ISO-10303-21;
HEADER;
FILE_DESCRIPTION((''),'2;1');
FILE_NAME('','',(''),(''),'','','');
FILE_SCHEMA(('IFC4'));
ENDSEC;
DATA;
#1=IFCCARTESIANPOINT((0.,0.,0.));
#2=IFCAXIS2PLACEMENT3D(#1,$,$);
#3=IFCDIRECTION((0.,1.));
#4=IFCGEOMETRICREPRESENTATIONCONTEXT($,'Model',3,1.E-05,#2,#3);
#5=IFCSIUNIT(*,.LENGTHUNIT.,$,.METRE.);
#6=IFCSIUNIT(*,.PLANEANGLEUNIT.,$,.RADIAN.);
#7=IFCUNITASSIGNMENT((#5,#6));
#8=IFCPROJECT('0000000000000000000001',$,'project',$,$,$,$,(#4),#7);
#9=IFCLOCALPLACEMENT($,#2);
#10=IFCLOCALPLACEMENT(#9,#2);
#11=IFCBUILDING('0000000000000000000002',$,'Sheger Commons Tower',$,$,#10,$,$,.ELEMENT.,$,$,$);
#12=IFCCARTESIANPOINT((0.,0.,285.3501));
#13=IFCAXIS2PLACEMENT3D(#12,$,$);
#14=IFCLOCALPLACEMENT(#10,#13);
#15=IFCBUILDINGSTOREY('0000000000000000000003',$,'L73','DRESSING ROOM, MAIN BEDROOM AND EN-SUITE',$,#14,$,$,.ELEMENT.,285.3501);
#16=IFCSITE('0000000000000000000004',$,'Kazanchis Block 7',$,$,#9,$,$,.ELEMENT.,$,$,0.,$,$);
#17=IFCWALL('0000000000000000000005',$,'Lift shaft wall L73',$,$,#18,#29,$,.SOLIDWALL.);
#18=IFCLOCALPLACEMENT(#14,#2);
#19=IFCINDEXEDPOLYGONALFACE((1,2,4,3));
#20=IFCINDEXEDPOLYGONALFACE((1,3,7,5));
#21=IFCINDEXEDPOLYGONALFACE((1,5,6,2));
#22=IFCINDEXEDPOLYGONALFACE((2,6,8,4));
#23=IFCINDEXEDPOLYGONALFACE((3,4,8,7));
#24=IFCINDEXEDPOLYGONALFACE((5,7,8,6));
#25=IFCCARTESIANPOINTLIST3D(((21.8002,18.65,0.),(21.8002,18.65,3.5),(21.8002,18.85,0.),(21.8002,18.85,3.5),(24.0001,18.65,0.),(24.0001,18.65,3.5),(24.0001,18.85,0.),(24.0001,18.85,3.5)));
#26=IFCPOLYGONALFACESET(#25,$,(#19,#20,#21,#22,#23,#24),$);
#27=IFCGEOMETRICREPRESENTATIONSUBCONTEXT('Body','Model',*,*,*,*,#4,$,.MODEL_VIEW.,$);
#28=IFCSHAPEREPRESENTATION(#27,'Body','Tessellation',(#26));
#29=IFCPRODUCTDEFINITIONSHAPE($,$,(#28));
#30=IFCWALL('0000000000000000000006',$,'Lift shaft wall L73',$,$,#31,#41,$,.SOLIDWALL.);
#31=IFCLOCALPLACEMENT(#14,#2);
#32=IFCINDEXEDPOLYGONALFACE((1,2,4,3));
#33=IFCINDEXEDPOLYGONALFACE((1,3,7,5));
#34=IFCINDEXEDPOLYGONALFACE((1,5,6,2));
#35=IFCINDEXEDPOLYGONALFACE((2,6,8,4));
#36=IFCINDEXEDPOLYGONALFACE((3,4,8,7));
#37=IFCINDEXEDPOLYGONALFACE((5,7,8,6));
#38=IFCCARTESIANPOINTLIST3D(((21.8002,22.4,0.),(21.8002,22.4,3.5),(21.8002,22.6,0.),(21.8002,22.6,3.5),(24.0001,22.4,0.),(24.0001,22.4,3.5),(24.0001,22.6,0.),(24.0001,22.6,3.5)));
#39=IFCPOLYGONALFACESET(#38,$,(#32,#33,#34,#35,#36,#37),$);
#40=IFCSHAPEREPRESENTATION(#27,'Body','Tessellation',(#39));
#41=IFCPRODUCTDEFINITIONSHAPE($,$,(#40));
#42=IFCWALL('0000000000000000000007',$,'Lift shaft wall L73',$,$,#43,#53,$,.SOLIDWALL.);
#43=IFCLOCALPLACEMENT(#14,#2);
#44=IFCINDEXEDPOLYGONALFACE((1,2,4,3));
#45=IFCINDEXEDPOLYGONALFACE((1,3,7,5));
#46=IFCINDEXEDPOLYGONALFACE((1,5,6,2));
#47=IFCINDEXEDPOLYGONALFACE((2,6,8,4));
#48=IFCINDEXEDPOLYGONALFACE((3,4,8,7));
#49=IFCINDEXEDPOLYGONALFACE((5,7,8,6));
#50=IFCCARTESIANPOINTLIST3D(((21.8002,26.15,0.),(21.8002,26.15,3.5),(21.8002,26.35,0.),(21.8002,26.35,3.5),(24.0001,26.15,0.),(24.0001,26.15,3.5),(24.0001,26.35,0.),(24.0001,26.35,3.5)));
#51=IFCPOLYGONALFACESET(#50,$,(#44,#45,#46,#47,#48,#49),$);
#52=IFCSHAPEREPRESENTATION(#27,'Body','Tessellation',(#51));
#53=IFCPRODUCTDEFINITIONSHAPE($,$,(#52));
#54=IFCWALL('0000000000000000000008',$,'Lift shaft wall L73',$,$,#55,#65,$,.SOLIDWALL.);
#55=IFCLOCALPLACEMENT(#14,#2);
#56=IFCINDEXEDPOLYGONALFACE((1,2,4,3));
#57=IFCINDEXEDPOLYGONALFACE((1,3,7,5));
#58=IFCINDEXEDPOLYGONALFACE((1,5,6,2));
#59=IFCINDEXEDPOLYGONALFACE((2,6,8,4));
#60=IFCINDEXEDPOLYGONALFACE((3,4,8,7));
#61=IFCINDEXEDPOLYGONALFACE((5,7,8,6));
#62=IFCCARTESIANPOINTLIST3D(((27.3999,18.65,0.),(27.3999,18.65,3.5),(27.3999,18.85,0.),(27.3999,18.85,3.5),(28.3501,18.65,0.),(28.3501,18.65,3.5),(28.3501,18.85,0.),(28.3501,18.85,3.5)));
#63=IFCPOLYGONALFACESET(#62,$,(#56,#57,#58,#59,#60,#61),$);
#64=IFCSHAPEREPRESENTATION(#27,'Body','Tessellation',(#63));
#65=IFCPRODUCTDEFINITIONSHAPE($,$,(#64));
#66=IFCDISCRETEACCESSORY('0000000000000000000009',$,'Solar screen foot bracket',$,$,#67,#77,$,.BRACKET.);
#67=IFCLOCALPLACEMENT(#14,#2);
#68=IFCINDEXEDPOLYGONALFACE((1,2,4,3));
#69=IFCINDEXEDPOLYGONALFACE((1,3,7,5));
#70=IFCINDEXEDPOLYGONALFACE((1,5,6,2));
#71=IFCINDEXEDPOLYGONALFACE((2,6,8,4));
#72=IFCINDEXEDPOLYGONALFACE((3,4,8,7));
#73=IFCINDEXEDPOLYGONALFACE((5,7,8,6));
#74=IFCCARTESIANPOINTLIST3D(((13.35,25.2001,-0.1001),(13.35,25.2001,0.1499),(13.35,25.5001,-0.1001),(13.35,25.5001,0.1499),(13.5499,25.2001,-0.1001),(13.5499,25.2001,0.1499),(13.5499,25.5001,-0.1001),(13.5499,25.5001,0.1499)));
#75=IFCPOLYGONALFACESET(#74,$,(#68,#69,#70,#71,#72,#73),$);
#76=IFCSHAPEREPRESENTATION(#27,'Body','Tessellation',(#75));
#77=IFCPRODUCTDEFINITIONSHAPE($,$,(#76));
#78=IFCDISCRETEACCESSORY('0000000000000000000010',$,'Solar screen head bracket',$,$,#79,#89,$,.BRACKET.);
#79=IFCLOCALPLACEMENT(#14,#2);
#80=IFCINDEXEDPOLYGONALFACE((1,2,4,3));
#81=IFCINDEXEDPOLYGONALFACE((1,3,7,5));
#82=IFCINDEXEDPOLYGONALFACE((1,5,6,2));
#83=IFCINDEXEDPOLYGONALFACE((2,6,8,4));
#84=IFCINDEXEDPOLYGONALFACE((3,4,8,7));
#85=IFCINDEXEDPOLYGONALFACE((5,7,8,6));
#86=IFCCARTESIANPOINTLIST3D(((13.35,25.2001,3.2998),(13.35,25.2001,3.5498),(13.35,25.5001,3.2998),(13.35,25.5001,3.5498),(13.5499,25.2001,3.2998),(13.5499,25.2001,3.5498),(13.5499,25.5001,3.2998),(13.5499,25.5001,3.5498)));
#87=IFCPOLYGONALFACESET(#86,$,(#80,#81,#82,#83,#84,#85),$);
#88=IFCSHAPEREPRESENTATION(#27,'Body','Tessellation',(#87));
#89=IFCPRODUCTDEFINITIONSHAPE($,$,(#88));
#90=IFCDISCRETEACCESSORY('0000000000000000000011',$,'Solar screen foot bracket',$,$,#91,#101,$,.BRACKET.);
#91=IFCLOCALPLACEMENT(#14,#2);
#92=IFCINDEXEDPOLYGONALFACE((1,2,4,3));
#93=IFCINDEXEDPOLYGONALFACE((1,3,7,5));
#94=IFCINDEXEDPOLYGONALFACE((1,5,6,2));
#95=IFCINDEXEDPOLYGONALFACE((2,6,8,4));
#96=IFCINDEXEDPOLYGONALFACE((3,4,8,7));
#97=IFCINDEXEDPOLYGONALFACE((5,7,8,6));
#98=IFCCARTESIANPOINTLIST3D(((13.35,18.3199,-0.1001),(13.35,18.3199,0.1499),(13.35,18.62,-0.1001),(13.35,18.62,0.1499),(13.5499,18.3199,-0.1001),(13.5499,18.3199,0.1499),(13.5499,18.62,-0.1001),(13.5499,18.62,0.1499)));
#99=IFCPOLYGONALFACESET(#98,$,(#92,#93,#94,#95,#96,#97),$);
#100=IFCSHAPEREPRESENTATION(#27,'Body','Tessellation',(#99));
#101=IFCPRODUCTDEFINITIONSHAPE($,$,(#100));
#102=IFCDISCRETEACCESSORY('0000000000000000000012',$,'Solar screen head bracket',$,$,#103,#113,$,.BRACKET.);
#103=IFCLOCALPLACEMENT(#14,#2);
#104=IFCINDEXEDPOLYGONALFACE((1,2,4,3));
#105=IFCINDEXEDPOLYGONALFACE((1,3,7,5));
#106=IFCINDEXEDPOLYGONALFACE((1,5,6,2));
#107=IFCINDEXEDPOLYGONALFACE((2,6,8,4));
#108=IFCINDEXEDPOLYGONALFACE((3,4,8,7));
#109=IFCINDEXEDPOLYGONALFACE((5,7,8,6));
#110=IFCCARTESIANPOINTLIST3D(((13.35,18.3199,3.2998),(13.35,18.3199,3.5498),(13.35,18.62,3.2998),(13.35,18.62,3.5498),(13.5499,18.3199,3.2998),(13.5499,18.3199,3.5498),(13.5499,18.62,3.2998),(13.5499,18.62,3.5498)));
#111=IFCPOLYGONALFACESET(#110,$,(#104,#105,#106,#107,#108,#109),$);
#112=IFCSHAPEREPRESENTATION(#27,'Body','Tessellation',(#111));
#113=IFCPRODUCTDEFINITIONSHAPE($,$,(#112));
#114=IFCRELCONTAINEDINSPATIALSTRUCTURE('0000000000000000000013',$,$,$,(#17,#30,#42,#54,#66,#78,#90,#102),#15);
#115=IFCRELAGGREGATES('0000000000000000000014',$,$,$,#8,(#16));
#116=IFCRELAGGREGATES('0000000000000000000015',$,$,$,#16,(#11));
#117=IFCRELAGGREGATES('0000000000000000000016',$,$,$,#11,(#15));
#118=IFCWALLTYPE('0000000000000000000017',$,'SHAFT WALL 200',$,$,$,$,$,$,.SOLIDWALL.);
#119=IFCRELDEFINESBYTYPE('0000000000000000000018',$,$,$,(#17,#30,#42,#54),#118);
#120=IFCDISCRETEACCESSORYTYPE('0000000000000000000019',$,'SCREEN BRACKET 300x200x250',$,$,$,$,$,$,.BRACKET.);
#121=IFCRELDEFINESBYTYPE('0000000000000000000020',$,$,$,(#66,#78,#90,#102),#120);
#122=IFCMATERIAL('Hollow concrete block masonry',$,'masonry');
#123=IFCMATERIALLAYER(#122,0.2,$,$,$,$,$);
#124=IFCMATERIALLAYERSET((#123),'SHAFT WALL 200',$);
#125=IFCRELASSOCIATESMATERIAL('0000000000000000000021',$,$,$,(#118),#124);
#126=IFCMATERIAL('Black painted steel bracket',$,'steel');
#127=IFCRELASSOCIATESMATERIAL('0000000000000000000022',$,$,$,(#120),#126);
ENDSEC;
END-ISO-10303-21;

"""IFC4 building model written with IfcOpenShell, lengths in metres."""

from ifc_helpers import new_model, si_unit, direction, frame, frame_2d, origin, origin_2d, place, context, subcontext, project, spatial, rectangle, extrude, material, layer, layer_set, type_object, element, save


model = new_model("IFC4")

# Units and contexts
model_context = context("Model", 3, precision=1e-05, world=origin(), true_north=direction((0.0, 1.0)))
body_context = subcontext(model_context, "Body", "Model", "MODEL_VIEW")
ifc_project = project(units=[si_unit("LENGTHUNIT", "METRE"), si_unit("PLANEANGLEUNIT", "RADIAN")], contexts=[model_context])

# Site, building, storey
site_placement = place(None, origin())
site = spatial("IfcSite", under=ifc_project, at=site_placement, Name="Kazanchis Block 7", CompositionType="ELEMENT", RefElevation=0.0)
building_placement = place(site_placement, origin())
building = spatial("IfcBuilding", under=site, at=building_placement, Name="Sheger Commons Tower", CompositionType="ELEMENT")
storey_placement = place(building_placement, frame((0.0, 0.0, 285.3501)))
storey = spatial("IfcBuildingStorey", under=building, at=storey_placement, Name="L73", Description="DRESSING ROOM, MAIN BEDROOM AND EN-SUITE", CompositionType="ELEMENT", Elevation=285.3501)

# Walls
ifc_material_1 = material(Name="Hollow concrete block masonry", Category="masonry")
ifc_layer_1 = layer(ifc_material_1, 0.2)
ifc_layer_set_1 = layer_set([ifc_layer_1], Name="SHAFT WALL 200")
wall_type_1 = type_object("IfcWallType", Name="SHAFT WALL 200", PredefinedType="SOLIDWALL", material=ifc_layer_set_1)
for number, where, z_axis, x_axis, name in (
    (1, (21.8, 18.75, 0.0), (0.0, 0.0, 1.0), (1.0, 0.0, 0.0), "Lift shaft wall L73"),
    (2, (21.8, 22.5, 0.0), (0.0, 0.0, 1.0), (1.0, 0.0, 0.0), "Lift shaft wall L73"),
    (3, (21.8, 26.25, 0.0), (0.0, 0.0, 1.0), (1.0, 0.0, 0.0), "Lift shaft wall L73"),
):
    element("IfcWall", number, at=place(storey_placement, frame(where, z_axis=z_axis, x_axis=x_axis)), inside=storey, type_object=wall_type_1, Name=name, PredefinedType="SOLIDWALL", context=body_context, shape_type="SweptSolid", body=[
        extrude(rectangle(XDim=2.2, YDim=0.2, at=frame_2d((1.1001, 0.0))), origin(), (0.0, 0.0, 1.0), 3.5),
    ])
wall_1_placement = place(storey_placement, frame((27.3999, 18.75, 0.0), z_axis=(0.0, 0.0, 1.0), x_axis=(1.0, 0.0, 0.0)))
element("IfcWall", 4, at=wall_1_placement, inside=storey, type_object=wall_type_1, Name="Lift shaft wall L73", PredefinedType="SOLIDWALL", context=body_context, shape_type="SweptSolid", body=[
    extrude(rectangle(XDim=0.9502, YDim=0.2, at=frame_2d((0.4751, 0.0))), origin(), (0.0, 0.0, 1.0), 3.5),
])

# Discrete accessories
ifc_material_2 = material(Name="Black painted steel bracket", Category="steel")
discrete_accessory_type = type_object("IfcDiscreteAccessoryType", Name="SCREEN BRACKET 300x200x250", PredefinedType="BRACKET", material=ifc_material_2)
for number, where, z_axis, x_axis, name in (
    (5, (13.45, 25.3501, -0.1001), (0.0, 0.0, 1.0), (0.0, -1.0, 0.0), "Solar screen foot bracket"),
    (6, (13.45, 25.3501, 3.2998), (0.0, 0.0, 1.0), (0.0, -1.0, 0.0), "Solar screen head bracket"),
    (7, (13.45, 18.47, -0.1001), (0.0, 0.0, 1.0), (0.0, -1.0, 0.0), "Solar screen foot bracket"),
    (8, (13.45, 18.47, 3.2998), (0.0, 0.0, 1.0), (0.0, -1.0, 0.0), "Solar screen head bracket"),
):
    element("IfcDiscreteAccessory", number, at=place(storey_placement, frame(where, z_axis=z_axis, x_axis=x_axis)), inside=storey, type_object=discrete_accessory_type, Name=name, PredefinedType="BRACKET", context=body_context, shape_type="SweptSolid", body=[
        extrude(rectangle(XDim=0.3, YDim=0.2, at=origin_2d()), origin(), (0.0, 0.0, 1.0), 0.25),
    ])

save(model, "model.ifc")
